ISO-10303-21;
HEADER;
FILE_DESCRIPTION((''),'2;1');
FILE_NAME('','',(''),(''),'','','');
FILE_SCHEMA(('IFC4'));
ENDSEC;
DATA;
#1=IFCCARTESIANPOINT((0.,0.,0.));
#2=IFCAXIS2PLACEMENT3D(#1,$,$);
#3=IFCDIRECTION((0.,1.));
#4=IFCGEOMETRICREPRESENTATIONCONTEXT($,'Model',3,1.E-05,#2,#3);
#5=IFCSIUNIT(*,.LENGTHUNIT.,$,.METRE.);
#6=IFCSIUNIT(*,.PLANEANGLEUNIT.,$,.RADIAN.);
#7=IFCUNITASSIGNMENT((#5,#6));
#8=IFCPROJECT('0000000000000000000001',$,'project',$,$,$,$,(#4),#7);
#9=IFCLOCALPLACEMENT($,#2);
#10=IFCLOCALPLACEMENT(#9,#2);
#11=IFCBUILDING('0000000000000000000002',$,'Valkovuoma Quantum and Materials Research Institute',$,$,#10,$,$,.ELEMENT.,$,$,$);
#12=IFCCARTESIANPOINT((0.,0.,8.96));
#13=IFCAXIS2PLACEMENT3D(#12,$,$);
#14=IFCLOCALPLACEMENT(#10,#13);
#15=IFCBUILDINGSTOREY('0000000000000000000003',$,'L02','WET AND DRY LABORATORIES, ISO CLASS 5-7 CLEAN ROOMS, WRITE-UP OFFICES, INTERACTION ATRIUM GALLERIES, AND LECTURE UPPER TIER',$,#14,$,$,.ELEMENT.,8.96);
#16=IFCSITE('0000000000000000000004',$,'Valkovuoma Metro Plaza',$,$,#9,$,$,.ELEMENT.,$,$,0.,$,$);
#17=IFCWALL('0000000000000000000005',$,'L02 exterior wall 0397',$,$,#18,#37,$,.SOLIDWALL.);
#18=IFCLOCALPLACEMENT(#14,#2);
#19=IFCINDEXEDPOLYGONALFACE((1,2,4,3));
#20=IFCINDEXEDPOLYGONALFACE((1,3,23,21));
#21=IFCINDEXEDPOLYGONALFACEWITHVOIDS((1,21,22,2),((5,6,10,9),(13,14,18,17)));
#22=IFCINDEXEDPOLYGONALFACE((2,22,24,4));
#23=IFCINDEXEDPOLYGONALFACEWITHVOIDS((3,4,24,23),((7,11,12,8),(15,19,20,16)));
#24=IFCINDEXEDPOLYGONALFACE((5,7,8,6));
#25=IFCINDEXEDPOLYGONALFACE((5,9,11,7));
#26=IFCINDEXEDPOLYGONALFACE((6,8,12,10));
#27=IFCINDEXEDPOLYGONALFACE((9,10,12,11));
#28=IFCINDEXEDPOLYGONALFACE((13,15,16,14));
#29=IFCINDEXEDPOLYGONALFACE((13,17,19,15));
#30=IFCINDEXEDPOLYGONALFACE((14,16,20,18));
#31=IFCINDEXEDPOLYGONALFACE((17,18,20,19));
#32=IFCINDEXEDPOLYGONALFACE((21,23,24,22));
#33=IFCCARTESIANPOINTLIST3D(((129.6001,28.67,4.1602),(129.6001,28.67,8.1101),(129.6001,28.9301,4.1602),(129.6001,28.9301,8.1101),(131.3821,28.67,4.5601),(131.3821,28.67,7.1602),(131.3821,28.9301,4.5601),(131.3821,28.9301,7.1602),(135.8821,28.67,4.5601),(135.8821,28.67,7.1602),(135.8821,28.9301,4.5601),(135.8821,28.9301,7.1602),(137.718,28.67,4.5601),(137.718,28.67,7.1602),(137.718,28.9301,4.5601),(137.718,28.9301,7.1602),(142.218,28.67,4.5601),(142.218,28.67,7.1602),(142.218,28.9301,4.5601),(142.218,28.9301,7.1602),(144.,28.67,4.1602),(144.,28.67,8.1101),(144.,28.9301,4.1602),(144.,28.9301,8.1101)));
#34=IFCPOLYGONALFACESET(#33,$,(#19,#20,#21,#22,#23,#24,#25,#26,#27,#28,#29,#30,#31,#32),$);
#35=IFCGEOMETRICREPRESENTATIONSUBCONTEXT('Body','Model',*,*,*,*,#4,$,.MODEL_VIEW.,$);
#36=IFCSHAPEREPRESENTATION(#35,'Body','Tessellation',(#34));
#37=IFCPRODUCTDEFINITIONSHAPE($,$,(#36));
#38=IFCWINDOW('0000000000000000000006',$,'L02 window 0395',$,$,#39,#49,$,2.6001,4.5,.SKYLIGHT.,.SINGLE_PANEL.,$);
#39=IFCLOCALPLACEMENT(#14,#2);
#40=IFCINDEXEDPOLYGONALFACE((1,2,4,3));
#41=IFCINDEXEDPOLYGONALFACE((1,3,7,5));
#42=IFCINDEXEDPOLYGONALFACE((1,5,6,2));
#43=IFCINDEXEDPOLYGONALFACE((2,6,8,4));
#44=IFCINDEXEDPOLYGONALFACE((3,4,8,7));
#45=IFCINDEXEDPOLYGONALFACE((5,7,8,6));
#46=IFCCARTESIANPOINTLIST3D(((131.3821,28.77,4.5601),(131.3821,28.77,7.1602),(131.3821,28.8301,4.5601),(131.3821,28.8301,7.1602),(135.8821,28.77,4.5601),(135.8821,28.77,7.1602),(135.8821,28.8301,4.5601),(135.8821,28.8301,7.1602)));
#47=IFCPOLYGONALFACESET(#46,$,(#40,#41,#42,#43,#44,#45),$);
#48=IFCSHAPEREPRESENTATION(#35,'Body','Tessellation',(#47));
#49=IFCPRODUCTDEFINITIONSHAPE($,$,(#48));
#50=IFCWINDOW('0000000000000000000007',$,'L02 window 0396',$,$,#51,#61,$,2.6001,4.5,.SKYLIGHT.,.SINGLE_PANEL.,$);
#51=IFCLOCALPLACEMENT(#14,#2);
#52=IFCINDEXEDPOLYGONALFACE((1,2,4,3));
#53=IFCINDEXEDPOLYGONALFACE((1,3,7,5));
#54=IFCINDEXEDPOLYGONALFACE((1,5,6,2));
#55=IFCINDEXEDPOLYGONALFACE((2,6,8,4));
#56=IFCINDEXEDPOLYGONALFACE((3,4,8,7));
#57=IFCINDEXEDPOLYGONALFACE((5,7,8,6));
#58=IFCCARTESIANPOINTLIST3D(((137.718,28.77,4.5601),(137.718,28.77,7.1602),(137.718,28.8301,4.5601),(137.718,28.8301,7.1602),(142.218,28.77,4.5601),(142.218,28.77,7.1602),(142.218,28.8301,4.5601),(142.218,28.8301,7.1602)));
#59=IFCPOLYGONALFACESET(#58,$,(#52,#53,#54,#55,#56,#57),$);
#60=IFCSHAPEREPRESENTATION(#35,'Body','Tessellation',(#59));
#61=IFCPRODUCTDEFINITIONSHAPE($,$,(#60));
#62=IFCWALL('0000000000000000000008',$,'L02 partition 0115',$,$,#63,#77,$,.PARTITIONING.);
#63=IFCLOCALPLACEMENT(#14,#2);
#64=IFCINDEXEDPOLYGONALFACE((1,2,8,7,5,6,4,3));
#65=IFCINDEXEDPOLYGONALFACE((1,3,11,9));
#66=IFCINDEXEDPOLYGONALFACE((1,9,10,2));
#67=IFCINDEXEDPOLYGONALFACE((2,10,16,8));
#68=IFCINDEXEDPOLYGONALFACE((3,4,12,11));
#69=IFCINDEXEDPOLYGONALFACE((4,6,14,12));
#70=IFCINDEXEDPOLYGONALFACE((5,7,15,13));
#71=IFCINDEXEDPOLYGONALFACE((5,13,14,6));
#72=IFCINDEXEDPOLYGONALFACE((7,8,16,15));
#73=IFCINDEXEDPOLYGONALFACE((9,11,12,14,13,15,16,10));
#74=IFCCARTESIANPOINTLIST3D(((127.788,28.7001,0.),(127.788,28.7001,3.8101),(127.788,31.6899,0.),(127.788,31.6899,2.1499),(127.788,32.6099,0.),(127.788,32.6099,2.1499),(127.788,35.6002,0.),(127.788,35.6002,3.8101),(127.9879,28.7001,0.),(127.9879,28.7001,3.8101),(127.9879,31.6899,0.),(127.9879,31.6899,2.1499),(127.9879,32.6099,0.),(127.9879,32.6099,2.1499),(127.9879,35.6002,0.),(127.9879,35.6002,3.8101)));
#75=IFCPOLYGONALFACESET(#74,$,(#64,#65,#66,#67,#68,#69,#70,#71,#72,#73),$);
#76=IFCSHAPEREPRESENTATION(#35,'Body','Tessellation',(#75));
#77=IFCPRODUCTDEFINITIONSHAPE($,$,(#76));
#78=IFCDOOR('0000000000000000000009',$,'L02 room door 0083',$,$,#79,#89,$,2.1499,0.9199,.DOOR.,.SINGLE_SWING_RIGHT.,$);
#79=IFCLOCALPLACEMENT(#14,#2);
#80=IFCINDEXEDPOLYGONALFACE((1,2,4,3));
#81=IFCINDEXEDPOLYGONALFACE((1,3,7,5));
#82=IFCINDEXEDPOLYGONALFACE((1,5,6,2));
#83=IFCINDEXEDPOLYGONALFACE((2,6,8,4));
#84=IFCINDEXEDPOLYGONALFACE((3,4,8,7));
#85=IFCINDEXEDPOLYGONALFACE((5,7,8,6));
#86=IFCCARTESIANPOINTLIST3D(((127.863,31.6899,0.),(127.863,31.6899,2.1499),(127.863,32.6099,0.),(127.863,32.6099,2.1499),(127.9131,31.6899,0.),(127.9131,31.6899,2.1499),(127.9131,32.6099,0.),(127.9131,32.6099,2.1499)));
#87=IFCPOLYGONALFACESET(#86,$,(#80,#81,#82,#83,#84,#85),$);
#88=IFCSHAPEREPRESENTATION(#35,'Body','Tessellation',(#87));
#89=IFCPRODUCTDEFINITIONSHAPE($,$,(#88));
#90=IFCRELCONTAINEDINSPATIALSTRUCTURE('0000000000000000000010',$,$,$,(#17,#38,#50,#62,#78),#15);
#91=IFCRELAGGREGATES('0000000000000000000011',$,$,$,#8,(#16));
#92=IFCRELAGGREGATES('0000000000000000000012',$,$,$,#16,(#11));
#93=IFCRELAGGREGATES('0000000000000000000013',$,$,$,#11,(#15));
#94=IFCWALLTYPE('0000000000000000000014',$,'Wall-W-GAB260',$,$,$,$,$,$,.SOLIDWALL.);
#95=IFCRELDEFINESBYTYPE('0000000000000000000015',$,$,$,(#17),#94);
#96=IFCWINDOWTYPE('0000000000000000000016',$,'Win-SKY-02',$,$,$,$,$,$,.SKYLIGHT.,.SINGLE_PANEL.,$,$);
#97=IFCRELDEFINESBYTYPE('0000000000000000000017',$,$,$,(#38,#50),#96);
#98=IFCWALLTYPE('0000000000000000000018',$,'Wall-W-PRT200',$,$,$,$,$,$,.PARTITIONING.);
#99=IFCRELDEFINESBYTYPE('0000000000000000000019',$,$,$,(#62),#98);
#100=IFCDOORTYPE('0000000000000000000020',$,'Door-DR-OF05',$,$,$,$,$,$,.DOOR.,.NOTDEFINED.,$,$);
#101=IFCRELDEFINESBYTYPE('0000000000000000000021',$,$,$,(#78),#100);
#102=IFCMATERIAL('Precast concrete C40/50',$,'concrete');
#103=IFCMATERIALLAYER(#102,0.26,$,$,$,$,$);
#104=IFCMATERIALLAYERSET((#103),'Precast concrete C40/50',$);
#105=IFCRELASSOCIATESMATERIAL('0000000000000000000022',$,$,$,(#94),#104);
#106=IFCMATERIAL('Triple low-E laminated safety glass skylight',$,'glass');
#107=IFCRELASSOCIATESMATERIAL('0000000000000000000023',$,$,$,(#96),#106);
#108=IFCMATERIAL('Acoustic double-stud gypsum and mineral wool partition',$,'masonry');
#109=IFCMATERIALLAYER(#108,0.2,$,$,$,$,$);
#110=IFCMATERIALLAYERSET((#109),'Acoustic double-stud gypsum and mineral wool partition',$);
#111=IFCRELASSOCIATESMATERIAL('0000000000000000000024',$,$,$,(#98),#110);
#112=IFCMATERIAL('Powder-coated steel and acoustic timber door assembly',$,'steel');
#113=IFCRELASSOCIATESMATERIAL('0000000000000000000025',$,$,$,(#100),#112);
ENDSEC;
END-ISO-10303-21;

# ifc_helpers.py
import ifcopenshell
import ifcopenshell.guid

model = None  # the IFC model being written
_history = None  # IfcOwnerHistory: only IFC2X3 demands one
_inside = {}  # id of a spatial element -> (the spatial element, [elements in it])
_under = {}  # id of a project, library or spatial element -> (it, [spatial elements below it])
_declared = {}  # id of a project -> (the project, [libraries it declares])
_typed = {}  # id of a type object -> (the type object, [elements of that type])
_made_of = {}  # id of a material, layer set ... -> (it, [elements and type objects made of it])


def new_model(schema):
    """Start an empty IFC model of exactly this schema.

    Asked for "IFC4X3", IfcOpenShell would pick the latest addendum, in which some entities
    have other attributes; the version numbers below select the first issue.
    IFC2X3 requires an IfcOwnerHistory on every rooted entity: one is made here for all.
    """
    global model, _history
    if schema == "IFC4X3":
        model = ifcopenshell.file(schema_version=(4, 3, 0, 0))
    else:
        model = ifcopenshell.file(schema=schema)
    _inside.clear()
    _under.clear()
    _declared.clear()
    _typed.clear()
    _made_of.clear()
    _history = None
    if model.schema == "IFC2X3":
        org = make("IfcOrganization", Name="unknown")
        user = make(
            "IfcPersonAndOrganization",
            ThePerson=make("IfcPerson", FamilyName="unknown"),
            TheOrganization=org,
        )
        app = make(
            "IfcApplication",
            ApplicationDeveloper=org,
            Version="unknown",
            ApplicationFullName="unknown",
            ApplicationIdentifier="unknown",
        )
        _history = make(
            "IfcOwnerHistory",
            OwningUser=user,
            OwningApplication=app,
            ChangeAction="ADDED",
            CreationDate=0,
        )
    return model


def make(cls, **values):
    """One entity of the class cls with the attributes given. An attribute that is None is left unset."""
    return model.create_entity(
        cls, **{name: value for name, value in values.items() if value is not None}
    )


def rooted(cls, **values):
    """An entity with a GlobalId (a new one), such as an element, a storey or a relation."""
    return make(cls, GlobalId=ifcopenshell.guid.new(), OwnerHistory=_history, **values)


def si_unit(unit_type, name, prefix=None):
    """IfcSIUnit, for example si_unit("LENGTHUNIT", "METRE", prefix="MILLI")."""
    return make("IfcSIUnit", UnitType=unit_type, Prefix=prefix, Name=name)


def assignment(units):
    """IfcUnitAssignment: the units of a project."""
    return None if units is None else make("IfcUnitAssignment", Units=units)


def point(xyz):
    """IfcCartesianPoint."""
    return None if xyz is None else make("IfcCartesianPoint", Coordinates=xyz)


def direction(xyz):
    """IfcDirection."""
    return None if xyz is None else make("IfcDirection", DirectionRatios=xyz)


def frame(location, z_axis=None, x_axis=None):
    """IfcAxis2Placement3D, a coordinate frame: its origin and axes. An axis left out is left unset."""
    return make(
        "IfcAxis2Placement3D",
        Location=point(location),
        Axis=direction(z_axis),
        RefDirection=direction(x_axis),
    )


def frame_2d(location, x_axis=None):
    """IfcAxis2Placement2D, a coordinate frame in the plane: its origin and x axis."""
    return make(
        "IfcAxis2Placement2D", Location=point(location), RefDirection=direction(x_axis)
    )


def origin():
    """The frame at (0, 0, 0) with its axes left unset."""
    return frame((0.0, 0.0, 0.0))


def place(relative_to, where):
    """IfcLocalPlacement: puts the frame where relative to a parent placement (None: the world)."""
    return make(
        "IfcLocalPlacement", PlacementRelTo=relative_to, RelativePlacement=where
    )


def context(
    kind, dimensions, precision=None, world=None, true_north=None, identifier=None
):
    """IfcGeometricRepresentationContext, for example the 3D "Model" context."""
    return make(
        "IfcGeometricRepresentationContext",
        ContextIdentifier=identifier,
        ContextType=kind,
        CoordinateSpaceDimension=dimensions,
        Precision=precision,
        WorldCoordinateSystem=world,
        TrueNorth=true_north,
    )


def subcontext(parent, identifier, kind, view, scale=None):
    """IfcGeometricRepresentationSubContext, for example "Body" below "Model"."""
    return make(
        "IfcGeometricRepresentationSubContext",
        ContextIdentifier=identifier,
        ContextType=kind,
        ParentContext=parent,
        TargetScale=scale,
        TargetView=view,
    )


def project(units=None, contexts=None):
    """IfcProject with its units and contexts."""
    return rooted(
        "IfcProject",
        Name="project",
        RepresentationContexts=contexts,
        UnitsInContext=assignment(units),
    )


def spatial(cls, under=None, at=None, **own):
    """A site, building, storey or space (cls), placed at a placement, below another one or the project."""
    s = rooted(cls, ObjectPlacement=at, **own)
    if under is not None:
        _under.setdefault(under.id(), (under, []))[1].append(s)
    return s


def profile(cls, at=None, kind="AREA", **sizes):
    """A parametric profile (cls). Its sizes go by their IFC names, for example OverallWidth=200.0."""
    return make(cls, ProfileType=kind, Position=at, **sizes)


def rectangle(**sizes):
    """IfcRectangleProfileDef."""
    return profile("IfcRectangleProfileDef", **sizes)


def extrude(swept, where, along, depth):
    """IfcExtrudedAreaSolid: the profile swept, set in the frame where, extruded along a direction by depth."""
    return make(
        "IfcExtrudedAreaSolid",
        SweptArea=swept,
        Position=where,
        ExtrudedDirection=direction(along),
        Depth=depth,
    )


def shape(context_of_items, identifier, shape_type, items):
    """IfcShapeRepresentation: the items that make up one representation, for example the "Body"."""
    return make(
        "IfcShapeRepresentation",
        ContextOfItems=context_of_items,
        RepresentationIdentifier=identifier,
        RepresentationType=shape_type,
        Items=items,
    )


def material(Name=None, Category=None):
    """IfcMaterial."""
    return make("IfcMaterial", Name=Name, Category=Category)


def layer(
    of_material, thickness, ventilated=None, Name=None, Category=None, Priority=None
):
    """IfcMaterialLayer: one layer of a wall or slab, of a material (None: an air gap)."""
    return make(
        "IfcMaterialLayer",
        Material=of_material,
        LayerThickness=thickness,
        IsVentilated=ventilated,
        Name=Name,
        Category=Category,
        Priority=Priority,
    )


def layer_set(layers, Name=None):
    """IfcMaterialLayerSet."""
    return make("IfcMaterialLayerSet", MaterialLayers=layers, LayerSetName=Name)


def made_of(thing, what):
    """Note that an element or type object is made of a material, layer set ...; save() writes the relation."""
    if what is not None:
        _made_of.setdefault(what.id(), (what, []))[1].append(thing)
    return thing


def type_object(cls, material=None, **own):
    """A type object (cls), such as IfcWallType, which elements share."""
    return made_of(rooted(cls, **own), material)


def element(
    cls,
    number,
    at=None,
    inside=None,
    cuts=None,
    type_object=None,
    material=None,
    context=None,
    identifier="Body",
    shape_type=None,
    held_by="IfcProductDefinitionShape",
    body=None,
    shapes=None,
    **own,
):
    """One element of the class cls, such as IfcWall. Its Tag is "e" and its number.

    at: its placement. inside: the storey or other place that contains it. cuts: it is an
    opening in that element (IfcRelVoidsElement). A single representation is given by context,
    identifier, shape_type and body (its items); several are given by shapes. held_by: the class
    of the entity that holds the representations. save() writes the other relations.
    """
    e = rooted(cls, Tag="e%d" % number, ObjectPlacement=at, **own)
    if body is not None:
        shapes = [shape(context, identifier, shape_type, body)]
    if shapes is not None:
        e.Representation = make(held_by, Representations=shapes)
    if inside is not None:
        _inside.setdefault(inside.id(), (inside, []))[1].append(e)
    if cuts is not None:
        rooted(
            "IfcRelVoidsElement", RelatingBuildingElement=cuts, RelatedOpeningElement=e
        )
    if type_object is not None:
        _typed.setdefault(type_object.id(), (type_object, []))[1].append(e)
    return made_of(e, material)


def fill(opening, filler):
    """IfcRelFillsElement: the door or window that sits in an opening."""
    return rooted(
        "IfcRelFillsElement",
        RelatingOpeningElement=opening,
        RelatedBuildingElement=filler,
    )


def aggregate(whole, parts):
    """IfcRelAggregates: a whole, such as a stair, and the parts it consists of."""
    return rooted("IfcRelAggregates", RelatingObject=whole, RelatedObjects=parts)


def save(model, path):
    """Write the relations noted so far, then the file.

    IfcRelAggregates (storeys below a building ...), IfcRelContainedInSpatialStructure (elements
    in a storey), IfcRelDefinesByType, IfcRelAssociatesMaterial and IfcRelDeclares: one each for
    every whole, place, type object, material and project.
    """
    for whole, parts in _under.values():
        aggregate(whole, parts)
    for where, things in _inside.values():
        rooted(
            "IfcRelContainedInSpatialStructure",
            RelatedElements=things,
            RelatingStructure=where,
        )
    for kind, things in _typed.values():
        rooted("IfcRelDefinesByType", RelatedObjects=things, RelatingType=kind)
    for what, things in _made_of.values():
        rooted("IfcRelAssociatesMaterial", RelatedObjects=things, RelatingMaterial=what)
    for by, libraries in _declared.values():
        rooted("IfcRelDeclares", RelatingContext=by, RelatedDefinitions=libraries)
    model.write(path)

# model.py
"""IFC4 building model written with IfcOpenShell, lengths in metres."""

from ifc_helpers import new_model, si_unit, direction, frame, frame_2d, origin, place, context, subcontext, project, spatial, rectangle, extrude, material, layer, layer_set, type_object, element, fill, save


model = new_model("IFC4")

# Units and contexts
model_context = context("Model", 3, precision=1e-05, world=origin(), true_north=direction((0.0, 1.0)))
body_context = subcontext(model_context, "Body", "Model", "MODEL_VIEW")
ifc_project = project(units=[si_unit("LENGTHUNIT", "METRE"), si_unit("PLANEANGLEUNIT", "RADIAN")], contexts=[model_context])

# Site, building, storey
site_placement = place(None, origin())
site = spatial("IfcSite", under=ifc_project, at=site_placement, Name="Valkovuoma Metro Plaza", CompositionType="ELEMENT", RefElevation=0.0)
building_placement = place(site_placement, origin())
building = spatial("IfcBuilding", under=site, at=building_placement, Name="Valkovuoma Quantum and Materials Research Institute", CompositionType="ELEMENT")
storey_placement = place(building_placement, frame((0.0, 0.0, 8.96)))
storey = spatial("IfcBuildingStorey", under=building, at=storey_placement, Name="L02", Description="WET AND DRY LABORATORIES, ISO CLASS 5-7 CLEAN ROOMS, WRITE-UP OFFICES, INTERACTION ATRIUM GALLERIES, AND LECTURE UPPER TIER", CompositionType="ELEMENT", Elevation=8.96)

# Wall, openings, windows
ifc_material_1 = material(Name="Precast concrete C40/50", Category="concrete")
ifc_layer_1 = layer(ifc_material_1, 0.26)
ifc_layer_set_1 = layer_set([ifc_layer_1], Name="Precast concrete C40/50")
wall_type_1 = type_object("IfcWallType", Name="Wall-W-GAB260", PredefinedType="SOLIDWALL", material=ifc_layer_set_1)
wall_1_placement = place(storey_placement, frame((129.6001, 28.8, 4.1602), z_axis=(0.0, 0.0, 1.0), x_axis=(1.0, 0.0, 0.0)))
wall_1 = element("IfcWall", 1, at=wall_1_placement, inside=storey, type_object=wall_type_1, Name="L02 exterior wall 0397", PredefinedType="SOLIDWALL", context=body_context, shape_type="SweptSolid", body=[
    extrude(rectangle(XDim=14.3999, YDim=0.26, at=frame_2d((7.2, 0.0))), origin(), (0.0, 0.0, 1.0), 3.95),
])
opening_1_placement = place(wall_1_placement, frame((1.782, 0.0, 0.3999)))
opening_1 = element("IfcOpeningElement", 2, at=opening_1_placement, cuts=wall_1, PredefinedType="OPENING", context=body_context, shape_type="SweptSolid", body=[
    extrude(rectangle(XDim=4.5, YDim=2.6001, at=frame_2d((2.25, 1.3))), frame((0.0, 0.1401, 0.0), z_axis=(0.0, -1.0, 0.0), x_axis=(1.0, 0.0, 0.0)), (0.0, 0.0, 1.0), 0.28),
])
opening_2_placement = place(wall_1_placement, frame((8.1179, 0.0, 0.3999)))
opening_2 = element("IfcOpeningElement", 3, at=opening_2_placement, cuts=wall_1, PredefinedType="OPENING", context=body_context, shape_type="SweptSolid", body=[
    extrude(rectangle(XDim=4.5, YDim=2.6001, at=frame_2d((2.25, 1.3))), frame((0.0, 0.1401, 0.0), z_axis=(0.0, -1.0, 0.0), x_axis=(1.0, 0.0, 0.0)), (0.0, 0.0, 1.0), 0.28),
])
ifc_material_2 = material(Name="Triple low-E laminated safety glass skylight", Category="glass")
window_type_1 = type_object("IfcWindowType", Name="Win-SKY-02", PartitioningType="SINGLE_PANEL", PredefinedType="SKYLIGHT", material=ifc_material_2)
window_1_placement = place(opening_1_placement, origin())
window_1 = element("IfcWindow", 4, at=window_1_placement, inside=storey, type_object=window_type_1, Name="L02 window 0395", OverallHeight=2.6001, OverallWidth=4.5, PartitioningType="SINGLE_PANEL", PredefinedType="SKYLIGHT", context=body_context, shape_type="SweptSolid", body=[
    extrude(rectangle(XDim=4.5, YDim=2.6001, at=frame_2d((2.25, 1.3))), frame((0.0, 0.03, 0.0), z_axis=(0.0, -1.0, 0.0), x_axis=(1.0, 0.0, 0.0)), (0.0, 0.0, 1.0), 0.0601),
])
fill(opening_1, window_1)
window_2_placement = place(opening_2_placement, origin())
window_2 = element("IfcWindow", 5, at=window_2_placement, inside=storey, type_object=window_type_1, Name="L02 window 0396", OverallHeight=2.6001, OverallWidth=4.5, PartitioningType="SINGLE_PANEL", PredefinedType="SKYLIGHT", context=body_context, shape_type="SweptSolid", body=[
    extrude(rectangle(XDim=4.5, YDim=2.6001, at=frame_2d((2.25, 1.3))), frame((0.0, 0.03, 0.0), z_axis=(0.0, -1.0, 0.0), x_axis=(1.0, 0.0, 0.0)), (0.0, 0.0, 1.0), 0.0601),
])
fill(opening_2, window_2)

# Wall, opening, door
ifc_material_3 = material(Name="Acoustic double-stud gypsum and mineral wool partition", Category="masonry")
ifc_layer_2 = layer(ifc_material_3, 0.2)
ifc_layer_set_2 = layer_set([ifc_layer_2], Name="Acoustic double-stud gypsum and mineral wool partition")
wall_type_2 = type_object("IfcWallType", Name="Wall-W-PRT200", PredefinedType="PARTITIONING", material=ifc_layer_set_2)
wall_2_placement = place(storey_placement, frame((127.8879, 28.7, 0.0), z_axis=(0.0, 0.0, 1.0), x_axis=(0.0, 1.0, 0.0)))
wall_2 = element("IfcWall", 6, at=wall_2_placement, inside=storey, type_object=wall_type_2, Name="L02 partition 0115", PredefinedType="PARTITIONING", context=body_context, shape_type="SweptSolid", body=[
    extrude(rectangle(XDim=6.9001, YDim=0.2, at=frame_2d((3.4502, 0.0))), origin(), (0.0, 0.0, 1.0), 3.8101),
])
opening_3_placement = place(wall_2_placement, frame((2.99, 0.0, 0.0)))
opening_3 = element("IfcOpeningElement", 7, at=opening_3_placement, cuts=wall_2, PredefinedType="OPENING", context=body_context, shape_type="SweptSolid", body=[
    extrude(rectangle(XDim=0.9199, YDim=2.1499, at=frame_2d((0.46, 1.075))), frame((0.0, 0.1099, 0.0), z_axis=(0.0, -1.0, 0.0), x_axis=(1.0, 0.0, 0.0)), (0.0, 0.0, 1.0), 0.22),
])
ifc_material_4 = material(Name="Powder-coated steel and acoustic timber door assembly", Category="steel")
door_type = type_object("IfcDoorType", Name="Door-DR-OF05", OperationType="NOTDEFINED", PredefinedType="DOOR", material=ifc_material_4)
door_placement = place(opening_3_placement, origin())
door = element("IfcDoor", 8, at=door_placement, inside=storey, type_object=door_type, Name="L02 room door 0083", OperationType="SINGLE_SWING_RIGHT", OverallHeight=2.1499, OverallWidth=0.9199, PredefinedType="DOOR", context=body_context, shape_type="SweptSolid", body=[
    extrude(rectangle(XDim=0.9199, YDim=2.1499, at=frame_2d((0.46, 1.075))), frame((0.0, 0.0249, 0.0), z_axis=(0.0, -1.0, 0.0), x_axis=(1.0, 0.0, 0.0)), (0.0, 0.0, 1.0), 0.05),
])
fill(opening_3, door)

save(model, "model.ifc")
